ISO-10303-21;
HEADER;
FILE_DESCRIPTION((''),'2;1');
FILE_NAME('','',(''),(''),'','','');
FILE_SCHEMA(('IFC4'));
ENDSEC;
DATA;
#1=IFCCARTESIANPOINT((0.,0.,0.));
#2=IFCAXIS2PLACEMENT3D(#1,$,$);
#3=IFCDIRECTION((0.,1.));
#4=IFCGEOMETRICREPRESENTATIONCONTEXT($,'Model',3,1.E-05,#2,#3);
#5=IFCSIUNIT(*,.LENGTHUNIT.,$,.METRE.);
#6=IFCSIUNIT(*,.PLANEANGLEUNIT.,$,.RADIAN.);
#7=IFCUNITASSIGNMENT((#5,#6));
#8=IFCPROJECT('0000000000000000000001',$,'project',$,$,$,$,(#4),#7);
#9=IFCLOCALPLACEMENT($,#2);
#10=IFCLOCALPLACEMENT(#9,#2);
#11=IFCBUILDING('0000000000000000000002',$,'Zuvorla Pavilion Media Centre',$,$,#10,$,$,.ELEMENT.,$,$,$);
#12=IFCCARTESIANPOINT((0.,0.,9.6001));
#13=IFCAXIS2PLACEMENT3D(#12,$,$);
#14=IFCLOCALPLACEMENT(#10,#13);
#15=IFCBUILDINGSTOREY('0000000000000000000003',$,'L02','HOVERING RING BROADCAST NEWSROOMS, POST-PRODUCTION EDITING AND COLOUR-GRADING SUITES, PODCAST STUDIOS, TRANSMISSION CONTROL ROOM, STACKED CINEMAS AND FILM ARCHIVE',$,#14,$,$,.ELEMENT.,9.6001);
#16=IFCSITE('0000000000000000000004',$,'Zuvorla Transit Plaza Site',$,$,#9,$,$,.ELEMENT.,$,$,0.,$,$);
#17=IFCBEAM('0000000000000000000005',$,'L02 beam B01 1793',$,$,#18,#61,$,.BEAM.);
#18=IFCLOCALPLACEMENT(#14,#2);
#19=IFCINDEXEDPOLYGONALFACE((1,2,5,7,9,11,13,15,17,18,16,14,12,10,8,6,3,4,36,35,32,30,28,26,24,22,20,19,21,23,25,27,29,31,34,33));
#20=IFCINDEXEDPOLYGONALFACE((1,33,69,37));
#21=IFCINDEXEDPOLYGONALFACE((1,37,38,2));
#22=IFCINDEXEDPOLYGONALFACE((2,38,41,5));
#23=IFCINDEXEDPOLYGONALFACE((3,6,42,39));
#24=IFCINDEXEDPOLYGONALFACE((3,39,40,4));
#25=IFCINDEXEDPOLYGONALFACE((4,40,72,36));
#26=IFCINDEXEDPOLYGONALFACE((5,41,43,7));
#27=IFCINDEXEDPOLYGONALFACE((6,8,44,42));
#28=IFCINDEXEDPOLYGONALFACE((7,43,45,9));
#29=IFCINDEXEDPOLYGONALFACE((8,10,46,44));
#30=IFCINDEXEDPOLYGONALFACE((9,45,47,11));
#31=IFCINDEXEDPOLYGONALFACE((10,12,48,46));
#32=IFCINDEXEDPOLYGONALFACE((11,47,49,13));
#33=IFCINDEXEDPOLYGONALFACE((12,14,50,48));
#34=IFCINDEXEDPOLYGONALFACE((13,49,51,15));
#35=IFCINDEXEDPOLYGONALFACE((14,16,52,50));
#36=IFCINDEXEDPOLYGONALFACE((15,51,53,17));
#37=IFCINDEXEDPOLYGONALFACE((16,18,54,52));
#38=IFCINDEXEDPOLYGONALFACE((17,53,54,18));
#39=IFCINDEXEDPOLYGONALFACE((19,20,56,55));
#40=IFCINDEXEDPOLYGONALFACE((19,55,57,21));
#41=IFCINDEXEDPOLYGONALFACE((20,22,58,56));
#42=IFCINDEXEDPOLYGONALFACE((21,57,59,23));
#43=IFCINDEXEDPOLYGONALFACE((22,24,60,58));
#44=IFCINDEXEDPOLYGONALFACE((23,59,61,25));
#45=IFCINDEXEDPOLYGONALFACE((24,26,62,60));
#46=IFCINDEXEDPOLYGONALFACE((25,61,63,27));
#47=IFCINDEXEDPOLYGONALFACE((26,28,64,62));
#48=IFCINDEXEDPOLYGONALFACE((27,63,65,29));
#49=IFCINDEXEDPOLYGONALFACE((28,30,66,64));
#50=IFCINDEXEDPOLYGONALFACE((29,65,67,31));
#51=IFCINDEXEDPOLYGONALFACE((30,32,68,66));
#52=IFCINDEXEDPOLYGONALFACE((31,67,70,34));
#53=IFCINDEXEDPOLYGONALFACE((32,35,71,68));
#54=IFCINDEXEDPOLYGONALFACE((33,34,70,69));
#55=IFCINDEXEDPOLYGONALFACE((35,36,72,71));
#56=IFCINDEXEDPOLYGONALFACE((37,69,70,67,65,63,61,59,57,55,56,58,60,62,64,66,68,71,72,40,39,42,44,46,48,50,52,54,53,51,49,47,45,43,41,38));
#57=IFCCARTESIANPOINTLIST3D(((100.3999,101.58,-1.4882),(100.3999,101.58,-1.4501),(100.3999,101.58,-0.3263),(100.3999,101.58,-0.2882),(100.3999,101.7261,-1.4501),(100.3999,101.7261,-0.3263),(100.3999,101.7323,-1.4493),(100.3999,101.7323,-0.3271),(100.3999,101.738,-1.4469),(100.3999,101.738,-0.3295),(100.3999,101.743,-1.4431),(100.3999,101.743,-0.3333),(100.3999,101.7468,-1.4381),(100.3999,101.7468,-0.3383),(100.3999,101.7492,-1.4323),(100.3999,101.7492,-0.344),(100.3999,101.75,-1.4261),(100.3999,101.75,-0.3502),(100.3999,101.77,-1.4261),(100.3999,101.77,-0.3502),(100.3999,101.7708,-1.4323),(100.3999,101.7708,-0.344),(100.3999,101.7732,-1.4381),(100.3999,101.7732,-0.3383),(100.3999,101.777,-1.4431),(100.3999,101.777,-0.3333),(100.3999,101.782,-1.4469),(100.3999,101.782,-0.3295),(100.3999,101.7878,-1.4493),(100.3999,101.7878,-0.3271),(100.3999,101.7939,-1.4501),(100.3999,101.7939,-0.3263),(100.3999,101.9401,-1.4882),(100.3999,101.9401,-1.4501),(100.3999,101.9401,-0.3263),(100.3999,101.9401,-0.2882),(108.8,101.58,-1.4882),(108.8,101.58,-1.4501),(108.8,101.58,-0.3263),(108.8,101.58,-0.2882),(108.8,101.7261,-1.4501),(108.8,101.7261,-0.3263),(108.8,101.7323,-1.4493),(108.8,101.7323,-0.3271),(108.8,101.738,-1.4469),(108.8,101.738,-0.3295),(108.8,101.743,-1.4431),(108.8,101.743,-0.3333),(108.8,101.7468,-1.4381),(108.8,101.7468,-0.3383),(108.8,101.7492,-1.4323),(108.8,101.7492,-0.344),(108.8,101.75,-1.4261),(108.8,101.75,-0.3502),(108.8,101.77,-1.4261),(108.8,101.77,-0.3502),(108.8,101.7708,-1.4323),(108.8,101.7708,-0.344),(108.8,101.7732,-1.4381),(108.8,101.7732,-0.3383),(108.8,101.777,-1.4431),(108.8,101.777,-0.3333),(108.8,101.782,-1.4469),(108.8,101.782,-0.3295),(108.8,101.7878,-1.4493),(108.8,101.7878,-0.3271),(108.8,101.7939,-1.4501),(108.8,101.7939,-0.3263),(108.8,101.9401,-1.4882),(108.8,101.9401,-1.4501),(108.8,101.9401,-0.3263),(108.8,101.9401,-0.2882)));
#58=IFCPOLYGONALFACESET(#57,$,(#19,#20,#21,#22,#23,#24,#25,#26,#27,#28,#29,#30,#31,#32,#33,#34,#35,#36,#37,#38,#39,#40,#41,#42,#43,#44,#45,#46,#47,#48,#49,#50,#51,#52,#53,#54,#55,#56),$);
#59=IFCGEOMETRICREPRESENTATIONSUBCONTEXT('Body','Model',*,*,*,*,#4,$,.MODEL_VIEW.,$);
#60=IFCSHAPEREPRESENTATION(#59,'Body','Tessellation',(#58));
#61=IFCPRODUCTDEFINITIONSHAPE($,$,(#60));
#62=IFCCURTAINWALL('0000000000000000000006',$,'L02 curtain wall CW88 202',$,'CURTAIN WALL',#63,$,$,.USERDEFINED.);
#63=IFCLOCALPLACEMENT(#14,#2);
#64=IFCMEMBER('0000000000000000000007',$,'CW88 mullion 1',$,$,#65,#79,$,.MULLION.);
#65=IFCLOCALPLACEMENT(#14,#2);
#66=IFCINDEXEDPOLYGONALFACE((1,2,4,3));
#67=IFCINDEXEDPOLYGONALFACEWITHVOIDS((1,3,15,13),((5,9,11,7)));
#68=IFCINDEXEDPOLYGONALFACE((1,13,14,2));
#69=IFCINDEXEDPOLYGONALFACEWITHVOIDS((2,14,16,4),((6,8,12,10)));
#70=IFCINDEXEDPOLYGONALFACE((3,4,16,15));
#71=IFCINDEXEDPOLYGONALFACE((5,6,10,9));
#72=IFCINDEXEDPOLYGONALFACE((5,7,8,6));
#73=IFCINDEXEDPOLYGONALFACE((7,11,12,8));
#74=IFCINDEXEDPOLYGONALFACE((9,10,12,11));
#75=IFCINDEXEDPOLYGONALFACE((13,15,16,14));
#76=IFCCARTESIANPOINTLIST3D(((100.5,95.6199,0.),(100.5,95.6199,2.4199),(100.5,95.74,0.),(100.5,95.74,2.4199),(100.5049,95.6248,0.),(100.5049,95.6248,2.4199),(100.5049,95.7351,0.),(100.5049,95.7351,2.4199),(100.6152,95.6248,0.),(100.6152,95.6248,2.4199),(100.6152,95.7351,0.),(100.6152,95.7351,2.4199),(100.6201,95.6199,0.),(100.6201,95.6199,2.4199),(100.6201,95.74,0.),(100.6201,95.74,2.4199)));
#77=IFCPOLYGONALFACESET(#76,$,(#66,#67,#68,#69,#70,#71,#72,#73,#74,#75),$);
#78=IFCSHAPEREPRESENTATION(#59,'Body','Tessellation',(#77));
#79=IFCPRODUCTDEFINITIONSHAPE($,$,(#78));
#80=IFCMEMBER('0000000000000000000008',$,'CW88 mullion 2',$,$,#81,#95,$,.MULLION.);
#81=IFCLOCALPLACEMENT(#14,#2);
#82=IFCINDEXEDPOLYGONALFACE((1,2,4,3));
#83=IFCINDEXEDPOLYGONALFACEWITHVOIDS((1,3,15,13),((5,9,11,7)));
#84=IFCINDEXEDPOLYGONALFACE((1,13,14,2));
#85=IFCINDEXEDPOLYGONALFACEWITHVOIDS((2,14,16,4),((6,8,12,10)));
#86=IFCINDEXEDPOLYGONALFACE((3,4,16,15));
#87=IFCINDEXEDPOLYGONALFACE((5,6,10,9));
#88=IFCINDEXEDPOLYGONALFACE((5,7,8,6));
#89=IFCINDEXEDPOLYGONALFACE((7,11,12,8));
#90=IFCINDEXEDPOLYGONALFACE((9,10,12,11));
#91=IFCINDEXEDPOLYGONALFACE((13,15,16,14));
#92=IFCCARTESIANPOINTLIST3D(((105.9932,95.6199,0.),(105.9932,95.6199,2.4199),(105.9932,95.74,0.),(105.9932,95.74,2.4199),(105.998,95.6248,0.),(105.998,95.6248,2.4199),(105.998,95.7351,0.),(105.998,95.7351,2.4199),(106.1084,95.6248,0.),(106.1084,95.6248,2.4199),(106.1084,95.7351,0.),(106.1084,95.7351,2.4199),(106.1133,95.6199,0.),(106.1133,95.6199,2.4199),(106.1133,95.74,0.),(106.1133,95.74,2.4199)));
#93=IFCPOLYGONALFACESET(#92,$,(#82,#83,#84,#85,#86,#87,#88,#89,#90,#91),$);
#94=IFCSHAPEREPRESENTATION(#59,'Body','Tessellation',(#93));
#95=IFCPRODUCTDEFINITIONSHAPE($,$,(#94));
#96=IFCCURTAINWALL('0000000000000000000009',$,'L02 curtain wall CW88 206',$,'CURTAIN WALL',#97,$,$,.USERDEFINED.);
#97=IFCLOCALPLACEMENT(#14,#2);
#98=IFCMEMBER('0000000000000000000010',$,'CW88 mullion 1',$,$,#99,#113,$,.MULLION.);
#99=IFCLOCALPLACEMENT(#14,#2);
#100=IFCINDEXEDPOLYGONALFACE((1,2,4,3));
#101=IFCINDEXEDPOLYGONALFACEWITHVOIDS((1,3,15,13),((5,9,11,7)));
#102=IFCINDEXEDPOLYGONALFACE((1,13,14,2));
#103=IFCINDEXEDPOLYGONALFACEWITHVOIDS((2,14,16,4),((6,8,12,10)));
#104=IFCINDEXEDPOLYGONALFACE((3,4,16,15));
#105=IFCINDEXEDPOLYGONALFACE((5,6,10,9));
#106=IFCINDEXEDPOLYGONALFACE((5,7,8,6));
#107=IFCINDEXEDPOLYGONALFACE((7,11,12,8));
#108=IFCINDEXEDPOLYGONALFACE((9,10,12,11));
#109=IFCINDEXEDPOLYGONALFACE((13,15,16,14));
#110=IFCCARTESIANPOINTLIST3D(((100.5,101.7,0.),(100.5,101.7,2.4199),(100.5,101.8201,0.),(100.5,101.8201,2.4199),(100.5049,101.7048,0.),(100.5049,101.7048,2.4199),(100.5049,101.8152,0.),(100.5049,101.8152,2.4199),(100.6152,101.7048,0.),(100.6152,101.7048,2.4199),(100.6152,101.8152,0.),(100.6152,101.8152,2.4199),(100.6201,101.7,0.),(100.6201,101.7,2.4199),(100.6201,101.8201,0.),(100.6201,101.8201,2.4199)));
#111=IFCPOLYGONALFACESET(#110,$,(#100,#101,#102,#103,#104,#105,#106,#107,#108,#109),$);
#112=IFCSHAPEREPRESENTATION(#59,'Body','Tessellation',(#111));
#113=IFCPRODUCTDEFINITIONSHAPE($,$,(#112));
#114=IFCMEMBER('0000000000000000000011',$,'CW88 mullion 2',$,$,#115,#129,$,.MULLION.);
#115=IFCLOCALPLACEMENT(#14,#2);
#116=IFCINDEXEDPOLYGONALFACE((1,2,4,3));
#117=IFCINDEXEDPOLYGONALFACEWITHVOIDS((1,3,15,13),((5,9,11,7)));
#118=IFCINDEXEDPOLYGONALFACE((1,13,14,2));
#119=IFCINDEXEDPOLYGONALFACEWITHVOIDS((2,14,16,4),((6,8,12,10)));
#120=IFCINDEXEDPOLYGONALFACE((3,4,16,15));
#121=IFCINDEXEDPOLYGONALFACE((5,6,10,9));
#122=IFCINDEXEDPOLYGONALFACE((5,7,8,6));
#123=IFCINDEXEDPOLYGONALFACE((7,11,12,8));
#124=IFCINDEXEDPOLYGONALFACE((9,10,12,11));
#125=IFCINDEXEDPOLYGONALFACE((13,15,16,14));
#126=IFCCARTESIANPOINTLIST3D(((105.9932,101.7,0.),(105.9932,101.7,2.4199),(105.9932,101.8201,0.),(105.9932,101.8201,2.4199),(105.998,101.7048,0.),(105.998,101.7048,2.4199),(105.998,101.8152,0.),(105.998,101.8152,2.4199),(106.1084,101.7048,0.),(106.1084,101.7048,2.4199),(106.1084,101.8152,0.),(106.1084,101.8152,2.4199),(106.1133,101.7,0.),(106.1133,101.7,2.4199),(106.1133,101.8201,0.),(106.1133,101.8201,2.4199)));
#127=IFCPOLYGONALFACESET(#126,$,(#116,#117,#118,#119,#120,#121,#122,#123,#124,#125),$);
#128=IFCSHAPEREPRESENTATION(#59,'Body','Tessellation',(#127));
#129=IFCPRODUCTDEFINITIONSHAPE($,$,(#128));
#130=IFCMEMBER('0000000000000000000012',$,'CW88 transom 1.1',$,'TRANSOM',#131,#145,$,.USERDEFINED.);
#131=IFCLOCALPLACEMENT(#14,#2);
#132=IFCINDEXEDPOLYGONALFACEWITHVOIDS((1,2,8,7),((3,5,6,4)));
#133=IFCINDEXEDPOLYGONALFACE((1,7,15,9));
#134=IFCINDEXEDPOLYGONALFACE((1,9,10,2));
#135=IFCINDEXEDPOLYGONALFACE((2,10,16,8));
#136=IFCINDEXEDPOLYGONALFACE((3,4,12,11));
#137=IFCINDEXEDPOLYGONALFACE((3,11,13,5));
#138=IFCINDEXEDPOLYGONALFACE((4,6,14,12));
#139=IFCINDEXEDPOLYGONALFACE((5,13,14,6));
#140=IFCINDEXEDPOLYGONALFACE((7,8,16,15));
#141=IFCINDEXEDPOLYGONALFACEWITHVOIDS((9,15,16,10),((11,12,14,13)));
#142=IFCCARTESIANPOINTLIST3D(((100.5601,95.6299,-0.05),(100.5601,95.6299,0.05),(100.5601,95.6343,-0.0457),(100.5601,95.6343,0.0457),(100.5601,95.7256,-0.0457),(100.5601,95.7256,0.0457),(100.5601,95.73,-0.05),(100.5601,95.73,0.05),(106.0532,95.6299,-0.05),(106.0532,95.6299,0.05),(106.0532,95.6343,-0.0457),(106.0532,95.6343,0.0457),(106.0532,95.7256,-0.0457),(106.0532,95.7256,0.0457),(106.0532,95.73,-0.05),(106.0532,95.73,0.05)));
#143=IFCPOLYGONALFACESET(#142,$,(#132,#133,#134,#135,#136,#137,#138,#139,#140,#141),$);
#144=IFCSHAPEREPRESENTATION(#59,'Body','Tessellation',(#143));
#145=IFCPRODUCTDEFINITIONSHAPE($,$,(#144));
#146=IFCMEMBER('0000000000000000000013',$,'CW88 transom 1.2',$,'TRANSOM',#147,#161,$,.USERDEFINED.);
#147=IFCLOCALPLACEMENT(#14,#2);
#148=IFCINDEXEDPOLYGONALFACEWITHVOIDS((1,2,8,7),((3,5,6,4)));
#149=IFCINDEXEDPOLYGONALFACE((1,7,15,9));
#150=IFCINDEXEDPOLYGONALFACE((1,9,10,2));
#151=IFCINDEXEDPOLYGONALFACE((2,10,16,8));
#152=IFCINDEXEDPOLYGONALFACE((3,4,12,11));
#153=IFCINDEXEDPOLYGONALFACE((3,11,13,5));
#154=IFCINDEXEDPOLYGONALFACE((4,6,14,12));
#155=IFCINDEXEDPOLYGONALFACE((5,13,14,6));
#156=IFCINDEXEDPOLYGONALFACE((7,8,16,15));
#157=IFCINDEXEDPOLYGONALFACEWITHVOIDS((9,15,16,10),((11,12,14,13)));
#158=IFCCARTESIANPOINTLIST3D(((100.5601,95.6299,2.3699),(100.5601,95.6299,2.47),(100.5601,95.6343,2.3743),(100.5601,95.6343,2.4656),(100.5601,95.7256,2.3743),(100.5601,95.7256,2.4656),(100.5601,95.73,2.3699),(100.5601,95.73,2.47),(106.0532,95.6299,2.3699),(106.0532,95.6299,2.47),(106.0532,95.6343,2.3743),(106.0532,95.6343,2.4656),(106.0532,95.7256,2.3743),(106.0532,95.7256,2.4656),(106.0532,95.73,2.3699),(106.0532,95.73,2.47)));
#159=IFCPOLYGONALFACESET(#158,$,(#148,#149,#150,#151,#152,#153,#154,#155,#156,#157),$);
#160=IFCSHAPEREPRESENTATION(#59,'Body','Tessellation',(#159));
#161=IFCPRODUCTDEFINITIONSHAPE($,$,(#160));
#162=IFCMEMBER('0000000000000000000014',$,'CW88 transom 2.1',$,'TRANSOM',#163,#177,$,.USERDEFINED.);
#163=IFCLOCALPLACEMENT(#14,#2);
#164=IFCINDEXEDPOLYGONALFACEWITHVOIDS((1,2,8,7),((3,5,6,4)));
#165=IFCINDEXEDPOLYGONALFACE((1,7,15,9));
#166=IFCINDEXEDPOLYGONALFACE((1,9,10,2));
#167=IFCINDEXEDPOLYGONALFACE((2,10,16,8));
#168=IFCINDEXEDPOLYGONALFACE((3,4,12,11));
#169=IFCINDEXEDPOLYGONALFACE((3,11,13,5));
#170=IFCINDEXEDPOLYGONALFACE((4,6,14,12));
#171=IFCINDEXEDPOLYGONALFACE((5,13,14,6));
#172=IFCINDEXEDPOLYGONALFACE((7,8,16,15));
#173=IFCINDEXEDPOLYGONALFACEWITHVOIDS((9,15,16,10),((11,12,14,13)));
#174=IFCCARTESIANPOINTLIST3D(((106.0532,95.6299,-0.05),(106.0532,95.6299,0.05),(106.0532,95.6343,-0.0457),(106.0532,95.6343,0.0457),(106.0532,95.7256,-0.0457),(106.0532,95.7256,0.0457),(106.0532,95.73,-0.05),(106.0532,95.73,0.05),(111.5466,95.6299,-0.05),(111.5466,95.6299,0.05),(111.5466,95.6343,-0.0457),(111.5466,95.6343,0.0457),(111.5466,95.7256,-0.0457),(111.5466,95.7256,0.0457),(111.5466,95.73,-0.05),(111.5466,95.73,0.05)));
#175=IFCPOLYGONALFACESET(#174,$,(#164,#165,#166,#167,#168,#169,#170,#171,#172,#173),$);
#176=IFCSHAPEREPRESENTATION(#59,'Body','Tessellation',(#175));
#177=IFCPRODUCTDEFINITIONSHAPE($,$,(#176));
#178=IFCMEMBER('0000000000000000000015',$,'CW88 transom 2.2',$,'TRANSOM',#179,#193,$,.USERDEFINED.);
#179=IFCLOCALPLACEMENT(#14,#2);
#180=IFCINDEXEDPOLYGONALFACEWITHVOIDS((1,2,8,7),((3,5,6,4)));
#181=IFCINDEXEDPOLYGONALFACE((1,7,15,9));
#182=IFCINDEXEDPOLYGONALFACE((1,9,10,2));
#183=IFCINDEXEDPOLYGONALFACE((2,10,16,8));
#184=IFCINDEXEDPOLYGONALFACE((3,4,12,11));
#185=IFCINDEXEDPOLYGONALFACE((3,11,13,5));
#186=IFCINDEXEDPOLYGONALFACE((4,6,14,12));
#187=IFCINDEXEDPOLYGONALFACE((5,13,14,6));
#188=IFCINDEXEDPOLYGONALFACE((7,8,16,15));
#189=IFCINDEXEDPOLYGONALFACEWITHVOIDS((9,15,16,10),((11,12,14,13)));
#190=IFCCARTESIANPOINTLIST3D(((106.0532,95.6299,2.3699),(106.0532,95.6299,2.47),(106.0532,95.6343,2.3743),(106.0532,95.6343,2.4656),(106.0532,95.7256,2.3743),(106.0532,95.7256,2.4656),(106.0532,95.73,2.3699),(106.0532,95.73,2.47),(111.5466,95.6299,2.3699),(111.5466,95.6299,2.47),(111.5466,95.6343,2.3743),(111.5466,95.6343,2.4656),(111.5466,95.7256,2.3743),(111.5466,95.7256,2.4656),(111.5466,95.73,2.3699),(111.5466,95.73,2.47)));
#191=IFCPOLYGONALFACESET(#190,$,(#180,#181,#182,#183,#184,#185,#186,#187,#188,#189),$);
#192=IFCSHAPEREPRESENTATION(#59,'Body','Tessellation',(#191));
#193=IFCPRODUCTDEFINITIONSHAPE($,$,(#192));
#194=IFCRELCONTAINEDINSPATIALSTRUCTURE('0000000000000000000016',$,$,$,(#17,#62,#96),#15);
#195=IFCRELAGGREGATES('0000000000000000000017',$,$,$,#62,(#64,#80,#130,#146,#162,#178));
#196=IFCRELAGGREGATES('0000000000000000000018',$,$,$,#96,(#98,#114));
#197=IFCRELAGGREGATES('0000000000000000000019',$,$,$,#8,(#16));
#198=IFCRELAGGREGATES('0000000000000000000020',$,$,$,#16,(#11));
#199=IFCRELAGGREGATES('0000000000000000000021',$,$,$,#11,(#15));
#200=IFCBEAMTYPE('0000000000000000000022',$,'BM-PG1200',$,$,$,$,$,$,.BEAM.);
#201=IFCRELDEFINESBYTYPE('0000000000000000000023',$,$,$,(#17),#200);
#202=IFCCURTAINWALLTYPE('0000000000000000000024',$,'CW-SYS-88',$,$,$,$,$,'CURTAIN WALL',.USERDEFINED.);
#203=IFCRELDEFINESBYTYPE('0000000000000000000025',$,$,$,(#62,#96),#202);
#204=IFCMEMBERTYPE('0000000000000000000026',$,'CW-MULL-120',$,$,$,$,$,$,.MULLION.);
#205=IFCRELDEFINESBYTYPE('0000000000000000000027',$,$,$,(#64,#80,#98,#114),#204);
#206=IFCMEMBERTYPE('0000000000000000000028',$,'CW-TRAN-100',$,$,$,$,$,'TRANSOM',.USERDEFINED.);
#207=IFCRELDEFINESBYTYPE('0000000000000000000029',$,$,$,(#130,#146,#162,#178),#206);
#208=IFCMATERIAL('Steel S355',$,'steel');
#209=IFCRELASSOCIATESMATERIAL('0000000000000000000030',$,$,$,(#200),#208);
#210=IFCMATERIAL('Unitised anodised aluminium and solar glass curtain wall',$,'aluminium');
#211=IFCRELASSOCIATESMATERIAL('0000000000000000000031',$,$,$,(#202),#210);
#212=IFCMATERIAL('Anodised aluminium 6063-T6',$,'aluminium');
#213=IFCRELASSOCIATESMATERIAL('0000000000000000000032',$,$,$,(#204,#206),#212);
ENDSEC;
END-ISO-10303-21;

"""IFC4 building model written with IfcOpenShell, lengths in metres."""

from ifc_helpers import new_model, si_unit, direction, frame, origin, origin_2d, place, context, subcontext, project, spatial, hollow_rectangle, i_section, extrude, material, material_profile, profile_set, type_object, element, aggregate, save


model = new_model("IFC4")

# Units and contexts
model_context = context("Model", 3, precision=1e-05, world=origin(), true_north=direction((0.0, 1.0)))
body_context = subcontext(model_context, "Body", "Model", "MODEL_VIEW")
ifc_project = project(units=[si_unit("LENGTHUNIT", "METRE"), si_unit("PLANEANGLEUNIT", "RADIAN")], contexts=[model_context])

# Site, building, storey
site_placement = place(None, origin())
site = spatial("IfcSite", under=ifc_project, at=site_placement, Name="Zuvorla Transit Plaza Site", CompositionType="ELEMENT", RefElevation=0.0)
building_placement = place(site_placement, origin())
building = spatial("IfcBuilding", under=site, at=building_placement, Name="Zuvorla Pavilion Media Centre", CompositionType="ELEMENT")
storey_placement = place(building_placement, frame((0.0, 0.0, 9.6001)))
storey = spatial("IfcBuildingStorey", under=building, at=storey_placement, Name="L02", Description="HOVERING RING BROADCAST NEWSROOMS, POST-PRODUCTION EDITING AND COLOUR-GRADING SUITES, PODCAST STUDIOS, TRANSMISSION CONTROL ROOM, STACKED CINEMAS AND FILM ARCHIVE", CompositionType="ELEMENT", Elevation=9.6001)

# Beam
ifc_material_1 = material(Name="Steel S355", Category="steel")
ifc_material_profile_1 = material_profile(ifc_material_1, i_section(OverallWidth=0.3601, OverallDepth=1.2, WebThickness=0.02, FlangeThickness=0.0381, FilletRadius=0.0239, at=origin_2d()), Name="PG 1200x360x38")
ifc_profile_set_1 = profile_set([ifc_material_profile_1], Name="Steel S355")
beam_type = type_object("IfcBeamType", Name="BM-PG1200", PredefinedType="BEAM", material=ifc_profile_set_1)
beam_placement = place(storey_placement, frame((100.3999, 101.76, -0.8882), z_axis=(1.0, 0.0, 0.0), x_axis=(0.0, 1.0, 0.0)))
element("IfcBeam", 1, at=beam_placement, inside=storey, type_object=beam_type, Name="L02 beam B01 1793", PredefinedType="BEAM", context=body_context, shape_type="SweptSolid", body=[
    extrude(i_section(OverallWidth=0.3601, OverallDepth=1.2, WebThickness=0.02, FlangeThickness=0.0381, FilletRadius=0.0239, at=origin_2d()), origin(), (0.0, 0.0, 1.0), 8.4001),
])

# Curtain walls, members
ifc_material_2 = material(Name="Unitised anodised aluminium and solar glass curtain wall", Category="aluminium")
curtain_wall_type = type_object("IfcCurtainWallType", Name="CW-SYS-88", ElementType="CURTAIN WALL", PredefinedType="USERDEFINED", material=ifc_material_2)
curtain_wall_1_placement = place(storey_placement, origin())
curtain_wall_1 = element("IfcCurtainWall", 2, at=curtain_wall_1_placement, inside=storey, type_object=curtain_wall_type, Name="L02 curtain wall CW88 202", ObjectType="CURTAIN WALL", PredefinedType="USERDEFINED")
ifc_material_3 = material(Name="Anodised aluminium 6063-T6", Category="aluminium")
ifc_material_profile_2 = material_profile(ifc_material_3, hollow_rectangle(XDim=0.1201, YDim=0.1201, WallThickness=0.0049, at=origin_2d()), Name="ALU MULL 120x120")
ifc_profile_set_2 = profile_set([ifc_material_profile_2], Name="Anodised aluminium 6063-T6")
member_type_1 = type_object("IfcMemberType", Name="CW-MULL-120", PredefinedType="MULLION", material=ifc_profile_set_2)
member_1_placement = place(storey_placement, frame((100.5601, 95.6799, 0.0), z_axis=(0.0, 0.0, 1.0), x_axis=(1.0, 0.0, 0.0)))
member_1 = element("IfcMember", 3, at=member_1_placement, type_object=member_type_1, Name="CW88 mullion 1", PredefinedType="MULLION", context=body_context, shape_type="SweptSolid", body=[
    extrude(hollow_rectangle(XDim=0.1201, YDim=0.1201, WallThickness=0.0049, at=origin_2d()), origin(), (0.0, 0.0, 1.0), 2.4199),
])
member_2_placement = place(storey_placement, frame((106.0532, 95.6799, 0.0), z_axis=(0.0, 0.0, 1.0), x_axis=(1.0, 0.0, 0.0)))
member_2 = element("IfcMember", 4, at=member_2_placement, type_object=member_type_1, Name="CW88 mullion 2", PredefinedType="MULLION", context=body_context, shape_type="SweptSolid", body=[
    extrude(hollow_rectangle(XDim=0.1201, YDim=0.1201, WallThickness=0.0049, at=origin_2d()), origin(), (0.0, 0.0, 1.0), 2.4199),
])
curtain_wall_2_placement = place(storey_placement, origin())
curtain_wall_2 = element("IfcCurtainWall", 5, at=curtain_wall_2_placement, inside=storey, type_object=curtain_wall_type, Name="L02 curtain wall CW88 206", ObjectType="CURTAIN WALL", PredefinedType="USERDEFINED")
member_3_placement = place(storey_placement, frame((100.5601, 101.76, 0.0), z_axis=(0.0, 0.0, 1.0), x_axis=(1.0, 0.0, 0.0)))
member_3 = element("IfcMember", 6, at=member_3_placement, type_object=member_type_1, Name="CW88 mullion 1", PredefinedType="MULLION", context=body_context, shape_type="SweptSolid", body=[
    extrude(hollow_rectangle(XDim=0.1201, YDim=0.1201, WallThickness=0.0049, at=origin_2d()), origin(), (0.0, 0.0, 1.0), 2.4199),
])
member_4_placement = place(storey_placement, frame((106.0532, 101.76, 0.0), z_axis=(0.0, 0.0, 1.0), x_axis=(1.0, 0.0, 0.0)))
member_4 = element("IfcMember", 7, at=member_4_placement, type_object=member_type_1, Name="CW88 mullion 2", PredefinedType="MULLION", context=body_context, shape_type="SweptSolid", body=[
    extrude(hollow_rectangle(XDim=0.1201, YDim=0.1201, WallThickness=0.0049, at=origin_2d()), origin(), (0.0, 0.0, 1.0), 2.4199),
])

# Members
ifc_material_profile_3 = material_profile(ifc_material_3, hollow_rectangle(XDim=0.1001, YDim=0.1001, WallThickness=0.0044, at=origin_2d()), Name="ALU TRAN 100x100")
ifc_profile_set_3 = profile_set([ifc_material_profile_3], Name="Anodised aluminium 6063-T6")
member_type_2 = type_object("IfcMemberType", Name="CW-TRAN-100", ElementType="TRANSOM", PredefinedType="USERDEFINED", material=ifc_profile_set_3)
member_5_placement = place(storey_placement, frame((100.5601, 95.6799, 0.0), z_axis=(1.0, 0.0, 0.0), x_axis=(0.0, 1.0, 0.0)))
member_5 = element("IfcMember", 8, at=member_5_placement, type_object=member_type_2, Name="CW88 transom 1.1", ObjectType="TRANSOM", PredefinedType="USERDEFINED", context=body_context, shape_type="SweptSolid", body=[
    extrude(hollow_rectangle(XDim=0.1001, YDim=0.1001, WallThickness=0.0044, at=origin_2d()), origin(), (0.0, 0.0, 1.0), 5.4932),
])
member_6_placement = place(storey_placement, frame((100.5601, 95.6799, 2.4199), z_axis=(1.0, 0.0, 0.0), x_axis=(0.0, 1.0, 0.0)))
member_6 = element("IfcMember", 9, at=member_6_placement, type_object=member_type_2, Name="CW88 transom 1.2", ObjectType="TRANSOM", PredefinedType="USERDEFINED", context=body_context, shape_type="SweptSolid", body=[
    extrude(hollow_rectangle(XDim=0.1001, YDim=0.1001, WallThickness=0.0044, at=origin_2d()), origin(), (0.0, 0.0, 1.0), 5.4932),
])
member_7_placement = place(storey_placement, frame((106.0532, 95.6799, 0.0), z_axis=(1.0, 0.0, 0.0), x_axis=(0.0, 1.0, 0.0)))
member_7 = element("IfcMember", 10, at=member_7_placement, type_object=member_type_2, Name="CW88 transom 2.1", ObjectType="TRANSOM", PredefinedType="USERDEFINED", context=body_context, shape_type="SweptSolid", body=[
    extrude(hollow_rectangle(XDim=0.1001, YDim=0.1001, WallThickness=0.0044, at=origin_2d()), origin(), (0.0, 0.0, 1.0), 5.4934),
])
member_8_placement = place(storey_placement, frame((106.0532, 95.6799, 2.4199), z_axis=(1.0, 0.0, 0.0), x_axis=(0.0, 1.0, 0.0)))
member_8 = element("IfcMember", 11, at=member_8_placement, type_object=member_type_2, Name="CW88 transom 2.2", ObjectType="TRANSOM", PredefinedType="USERDEFINED", context=body_context, shape_type="SweptSolid", body=[
    extrude(hollow_rectangle(XDim=0.1001, YDim=0.1001, WallThickness=0.0044, at=origin_2d()), origin(), (0.0, 0.0, 1.0), 5.4934),
])

aggregate(curtain_wall_1, [member_1, member_2, member_5, member_6, member_7, member_8])
aggregate(curtain_wall_2, [member_3, member_4])

save(model, "model.ifc")
